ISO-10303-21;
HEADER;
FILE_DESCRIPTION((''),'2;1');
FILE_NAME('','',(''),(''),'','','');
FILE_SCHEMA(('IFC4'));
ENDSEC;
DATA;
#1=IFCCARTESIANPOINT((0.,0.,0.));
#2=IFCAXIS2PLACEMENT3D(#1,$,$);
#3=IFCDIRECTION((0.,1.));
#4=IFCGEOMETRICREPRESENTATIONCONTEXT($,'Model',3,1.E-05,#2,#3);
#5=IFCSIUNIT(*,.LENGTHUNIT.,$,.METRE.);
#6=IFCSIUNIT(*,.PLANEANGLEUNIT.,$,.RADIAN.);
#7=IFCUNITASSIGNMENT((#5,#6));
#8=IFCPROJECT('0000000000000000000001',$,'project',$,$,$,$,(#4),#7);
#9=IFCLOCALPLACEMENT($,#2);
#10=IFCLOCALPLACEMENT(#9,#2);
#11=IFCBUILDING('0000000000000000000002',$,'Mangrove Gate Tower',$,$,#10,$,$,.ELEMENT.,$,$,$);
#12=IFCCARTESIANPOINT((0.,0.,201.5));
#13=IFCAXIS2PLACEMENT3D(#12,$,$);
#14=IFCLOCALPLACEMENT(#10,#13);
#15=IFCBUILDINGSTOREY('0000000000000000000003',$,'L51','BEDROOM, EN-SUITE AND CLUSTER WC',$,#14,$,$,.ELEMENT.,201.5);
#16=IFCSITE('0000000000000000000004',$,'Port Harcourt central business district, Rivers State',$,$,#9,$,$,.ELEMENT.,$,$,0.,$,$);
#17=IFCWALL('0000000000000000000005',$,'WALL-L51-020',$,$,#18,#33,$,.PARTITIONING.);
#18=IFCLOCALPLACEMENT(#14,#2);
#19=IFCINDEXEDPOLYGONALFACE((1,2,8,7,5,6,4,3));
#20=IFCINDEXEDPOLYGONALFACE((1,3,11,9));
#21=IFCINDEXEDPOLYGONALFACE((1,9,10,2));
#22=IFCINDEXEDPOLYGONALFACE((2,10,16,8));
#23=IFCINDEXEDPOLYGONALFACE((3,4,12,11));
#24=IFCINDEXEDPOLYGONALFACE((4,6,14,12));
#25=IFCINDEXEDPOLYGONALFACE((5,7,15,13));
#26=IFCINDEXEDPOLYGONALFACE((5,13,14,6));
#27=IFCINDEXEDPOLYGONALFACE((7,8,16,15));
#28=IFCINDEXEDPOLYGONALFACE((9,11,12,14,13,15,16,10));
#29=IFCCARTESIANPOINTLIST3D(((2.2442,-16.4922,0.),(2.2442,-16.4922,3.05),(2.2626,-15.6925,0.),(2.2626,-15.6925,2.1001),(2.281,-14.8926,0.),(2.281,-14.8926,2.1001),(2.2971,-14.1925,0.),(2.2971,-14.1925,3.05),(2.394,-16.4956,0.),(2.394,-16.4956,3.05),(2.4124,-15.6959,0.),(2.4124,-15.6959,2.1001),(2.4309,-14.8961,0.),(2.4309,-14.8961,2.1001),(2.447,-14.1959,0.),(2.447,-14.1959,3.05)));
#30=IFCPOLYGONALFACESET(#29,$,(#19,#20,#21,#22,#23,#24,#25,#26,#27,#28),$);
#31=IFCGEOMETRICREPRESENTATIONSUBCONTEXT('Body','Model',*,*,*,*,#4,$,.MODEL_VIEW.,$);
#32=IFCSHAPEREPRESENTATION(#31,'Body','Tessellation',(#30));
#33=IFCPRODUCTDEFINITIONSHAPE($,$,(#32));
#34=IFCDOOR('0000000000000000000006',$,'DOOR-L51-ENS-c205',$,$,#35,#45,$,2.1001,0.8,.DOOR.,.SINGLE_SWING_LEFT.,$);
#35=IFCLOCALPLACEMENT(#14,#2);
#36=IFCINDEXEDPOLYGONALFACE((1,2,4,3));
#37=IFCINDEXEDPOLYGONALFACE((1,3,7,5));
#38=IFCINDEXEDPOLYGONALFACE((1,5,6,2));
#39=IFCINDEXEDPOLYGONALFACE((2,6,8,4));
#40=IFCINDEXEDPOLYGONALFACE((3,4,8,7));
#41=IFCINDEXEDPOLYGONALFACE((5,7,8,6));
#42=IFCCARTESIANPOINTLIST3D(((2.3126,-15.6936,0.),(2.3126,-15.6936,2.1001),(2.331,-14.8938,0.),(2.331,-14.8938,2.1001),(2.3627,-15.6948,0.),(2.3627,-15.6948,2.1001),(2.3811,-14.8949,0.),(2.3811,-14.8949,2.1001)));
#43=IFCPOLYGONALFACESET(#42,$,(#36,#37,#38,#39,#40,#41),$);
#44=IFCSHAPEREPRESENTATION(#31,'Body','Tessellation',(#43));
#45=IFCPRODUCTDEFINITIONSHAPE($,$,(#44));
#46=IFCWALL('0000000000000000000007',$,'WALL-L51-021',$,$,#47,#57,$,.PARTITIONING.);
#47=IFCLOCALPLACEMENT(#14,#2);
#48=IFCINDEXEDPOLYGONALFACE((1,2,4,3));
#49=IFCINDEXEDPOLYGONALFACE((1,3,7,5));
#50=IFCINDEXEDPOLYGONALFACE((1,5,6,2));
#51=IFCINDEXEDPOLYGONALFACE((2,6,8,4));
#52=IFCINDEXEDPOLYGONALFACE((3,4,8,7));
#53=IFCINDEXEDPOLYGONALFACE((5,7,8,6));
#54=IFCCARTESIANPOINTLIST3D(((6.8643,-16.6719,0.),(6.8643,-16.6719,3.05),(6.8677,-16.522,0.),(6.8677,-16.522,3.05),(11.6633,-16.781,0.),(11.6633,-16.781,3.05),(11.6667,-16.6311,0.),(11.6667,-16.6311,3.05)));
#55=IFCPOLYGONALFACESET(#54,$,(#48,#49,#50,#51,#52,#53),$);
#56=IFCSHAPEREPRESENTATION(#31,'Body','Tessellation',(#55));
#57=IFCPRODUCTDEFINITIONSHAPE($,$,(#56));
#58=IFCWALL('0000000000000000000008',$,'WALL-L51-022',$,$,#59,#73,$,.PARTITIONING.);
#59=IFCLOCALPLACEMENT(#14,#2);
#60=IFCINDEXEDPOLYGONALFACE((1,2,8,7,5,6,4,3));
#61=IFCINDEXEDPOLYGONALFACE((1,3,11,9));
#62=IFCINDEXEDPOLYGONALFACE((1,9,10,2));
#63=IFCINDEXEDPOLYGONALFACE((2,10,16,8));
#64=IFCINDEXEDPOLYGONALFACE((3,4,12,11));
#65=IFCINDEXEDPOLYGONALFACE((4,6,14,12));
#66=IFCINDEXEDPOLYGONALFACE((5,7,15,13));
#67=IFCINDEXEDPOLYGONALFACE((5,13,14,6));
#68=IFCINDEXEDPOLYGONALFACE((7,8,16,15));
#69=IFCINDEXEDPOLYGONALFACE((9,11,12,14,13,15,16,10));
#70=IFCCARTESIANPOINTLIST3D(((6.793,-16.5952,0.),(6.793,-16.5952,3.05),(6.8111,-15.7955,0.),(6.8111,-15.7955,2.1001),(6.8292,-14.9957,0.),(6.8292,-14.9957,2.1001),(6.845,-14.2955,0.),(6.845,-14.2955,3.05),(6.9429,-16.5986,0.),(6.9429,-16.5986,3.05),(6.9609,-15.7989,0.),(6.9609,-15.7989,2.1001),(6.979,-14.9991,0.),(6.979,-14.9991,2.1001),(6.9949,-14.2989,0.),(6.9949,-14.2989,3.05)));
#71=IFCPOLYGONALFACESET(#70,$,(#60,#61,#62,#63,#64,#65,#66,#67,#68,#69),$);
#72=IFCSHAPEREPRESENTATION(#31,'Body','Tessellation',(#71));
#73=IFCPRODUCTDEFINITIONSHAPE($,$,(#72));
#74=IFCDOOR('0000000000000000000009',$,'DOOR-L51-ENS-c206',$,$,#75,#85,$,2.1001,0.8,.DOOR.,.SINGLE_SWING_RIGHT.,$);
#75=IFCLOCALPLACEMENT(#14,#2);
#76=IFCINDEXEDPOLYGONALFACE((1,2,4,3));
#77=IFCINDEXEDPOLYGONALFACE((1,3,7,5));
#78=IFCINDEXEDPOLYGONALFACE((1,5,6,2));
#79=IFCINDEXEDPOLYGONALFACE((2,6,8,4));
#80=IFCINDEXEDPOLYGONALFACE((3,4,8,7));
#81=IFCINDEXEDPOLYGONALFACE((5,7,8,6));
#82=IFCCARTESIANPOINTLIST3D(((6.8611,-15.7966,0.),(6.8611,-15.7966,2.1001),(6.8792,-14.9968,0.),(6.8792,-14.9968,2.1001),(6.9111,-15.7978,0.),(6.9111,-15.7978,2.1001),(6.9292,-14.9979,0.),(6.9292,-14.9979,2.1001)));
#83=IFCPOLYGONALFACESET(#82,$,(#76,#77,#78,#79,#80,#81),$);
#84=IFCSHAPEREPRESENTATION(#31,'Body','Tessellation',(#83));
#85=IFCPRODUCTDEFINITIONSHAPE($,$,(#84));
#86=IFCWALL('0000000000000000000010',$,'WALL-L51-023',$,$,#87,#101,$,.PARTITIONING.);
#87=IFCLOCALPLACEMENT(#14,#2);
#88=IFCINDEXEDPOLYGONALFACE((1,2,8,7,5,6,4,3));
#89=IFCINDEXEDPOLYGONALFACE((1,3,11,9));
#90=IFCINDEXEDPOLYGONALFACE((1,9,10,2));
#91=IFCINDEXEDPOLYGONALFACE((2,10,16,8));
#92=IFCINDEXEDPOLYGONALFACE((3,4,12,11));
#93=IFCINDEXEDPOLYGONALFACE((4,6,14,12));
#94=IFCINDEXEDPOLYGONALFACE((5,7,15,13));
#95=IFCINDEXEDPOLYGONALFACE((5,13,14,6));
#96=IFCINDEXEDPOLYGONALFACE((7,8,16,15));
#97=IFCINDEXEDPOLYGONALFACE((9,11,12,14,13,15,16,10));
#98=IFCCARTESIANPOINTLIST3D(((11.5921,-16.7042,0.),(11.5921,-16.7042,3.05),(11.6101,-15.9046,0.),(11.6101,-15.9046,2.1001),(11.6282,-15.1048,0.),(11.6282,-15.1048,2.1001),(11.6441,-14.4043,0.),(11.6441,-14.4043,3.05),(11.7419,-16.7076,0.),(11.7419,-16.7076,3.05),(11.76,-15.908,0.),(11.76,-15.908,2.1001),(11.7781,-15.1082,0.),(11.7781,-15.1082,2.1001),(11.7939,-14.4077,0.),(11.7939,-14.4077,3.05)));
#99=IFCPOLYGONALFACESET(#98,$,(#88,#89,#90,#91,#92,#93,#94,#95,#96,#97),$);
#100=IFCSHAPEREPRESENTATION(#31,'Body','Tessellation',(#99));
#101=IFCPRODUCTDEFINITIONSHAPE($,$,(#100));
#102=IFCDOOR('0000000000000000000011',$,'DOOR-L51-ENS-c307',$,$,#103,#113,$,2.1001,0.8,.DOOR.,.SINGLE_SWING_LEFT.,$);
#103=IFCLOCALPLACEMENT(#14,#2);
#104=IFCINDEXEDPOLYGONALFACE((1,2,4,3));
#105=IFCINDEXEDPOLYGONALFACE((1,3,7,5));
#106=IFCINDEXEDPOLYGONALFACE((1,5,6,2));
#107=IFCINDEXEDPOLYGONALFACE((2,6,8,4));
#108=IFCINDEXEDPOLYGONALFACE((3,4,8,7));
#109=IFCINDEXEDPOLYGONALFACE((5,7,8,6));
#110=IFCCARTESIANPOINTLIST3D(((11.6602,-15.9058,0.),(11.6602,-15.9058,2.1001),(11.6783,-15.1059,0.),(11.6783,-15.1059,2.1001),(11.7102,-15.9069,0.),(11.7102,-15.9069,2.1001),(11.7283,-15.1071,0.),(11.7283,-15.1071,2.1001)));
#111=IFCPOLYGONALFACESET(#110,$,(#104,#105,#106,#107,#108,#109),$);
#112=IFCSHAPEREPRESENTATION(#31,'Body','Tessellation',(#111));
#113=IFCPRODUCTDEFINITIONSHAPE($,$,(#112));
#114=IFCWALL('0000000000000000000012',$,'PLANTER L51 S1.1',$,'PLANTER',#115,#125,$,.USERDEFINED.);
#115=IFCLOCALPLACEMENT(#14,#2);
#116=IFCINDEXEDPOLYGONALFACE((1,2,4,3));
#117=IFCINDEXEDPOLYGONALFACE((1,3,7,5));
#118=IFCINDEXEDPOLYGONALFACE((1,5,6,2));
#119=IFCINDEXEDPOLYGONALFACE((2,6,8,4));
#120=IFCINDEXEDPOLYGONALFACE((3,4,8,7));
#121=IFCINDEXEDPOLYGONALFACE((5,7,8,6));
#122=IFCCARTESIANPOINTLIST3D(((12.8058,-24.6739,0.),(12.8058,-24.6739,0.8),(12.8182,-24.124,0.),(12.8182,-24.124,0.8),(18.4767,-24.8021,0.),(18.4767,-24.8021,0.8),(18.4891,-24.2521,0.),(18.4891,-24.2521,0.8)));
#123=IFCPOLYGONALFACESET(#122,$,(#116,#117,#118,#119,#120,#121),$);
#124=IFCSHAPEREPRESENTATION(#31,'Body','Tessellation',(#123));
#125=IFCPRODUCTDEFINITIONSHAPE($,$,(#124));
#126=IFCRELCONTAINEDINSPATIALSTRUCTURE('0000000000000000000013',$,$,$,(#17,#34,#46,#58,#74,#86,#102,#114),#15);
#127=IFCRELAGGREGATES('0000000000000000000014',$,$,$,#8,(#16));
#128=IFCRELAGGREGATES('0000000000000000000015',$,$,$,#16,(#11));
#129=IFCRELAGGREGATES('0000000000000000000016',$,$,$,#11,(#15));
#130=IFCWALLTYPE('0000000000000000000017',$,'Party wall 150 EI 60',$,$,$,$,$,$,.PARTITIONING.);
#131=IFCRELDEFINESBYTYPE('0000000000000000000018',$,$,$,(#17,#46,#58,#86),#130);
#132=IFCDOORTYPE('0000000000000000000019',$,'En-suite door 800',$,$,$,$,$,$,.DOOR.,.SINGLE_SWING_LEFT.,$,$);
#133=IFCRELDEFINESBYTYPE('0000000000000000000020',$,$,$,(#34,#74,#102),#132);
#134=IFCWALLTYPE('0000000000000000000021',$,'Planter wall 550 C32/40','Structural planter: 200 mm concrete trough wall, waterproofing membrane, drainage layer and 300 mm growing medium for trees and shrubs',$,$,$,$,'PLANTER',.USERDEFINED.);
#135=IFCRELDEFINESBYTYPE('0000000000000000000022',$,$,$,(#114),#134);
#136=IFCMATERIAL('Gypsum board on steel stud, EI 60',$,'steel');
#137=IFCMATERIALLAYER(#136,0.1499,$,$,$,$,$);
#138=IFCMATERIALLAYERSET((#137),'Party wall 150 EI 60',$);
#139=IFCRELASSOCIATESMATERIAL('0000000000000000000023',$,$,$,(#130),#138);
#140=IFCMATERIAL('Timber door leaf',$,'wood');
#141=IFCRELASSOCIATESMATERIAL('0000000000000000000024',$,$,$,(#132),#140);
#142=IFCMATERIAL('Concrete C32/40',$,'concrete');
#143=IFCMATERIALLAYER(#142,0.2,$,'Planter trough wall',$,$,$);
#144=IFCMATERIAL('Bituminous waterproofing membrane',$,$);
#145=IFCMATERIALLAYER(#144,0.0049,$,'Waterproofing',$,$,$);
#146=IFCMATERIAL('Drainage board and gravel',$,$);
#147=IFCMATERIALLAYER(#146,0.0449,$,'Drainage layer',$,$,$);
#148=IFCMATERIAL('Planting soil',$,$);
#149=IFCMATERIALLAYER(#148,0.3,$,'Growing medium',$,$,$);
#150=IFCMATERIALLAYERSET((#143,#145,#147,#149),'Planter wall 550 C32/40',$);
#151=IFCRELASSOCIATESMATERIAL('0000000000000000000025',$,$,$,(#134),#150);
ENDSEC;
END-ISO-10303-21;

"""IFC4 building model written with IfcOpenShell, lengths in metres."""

from ifc_helpers import new_model, si_unit, direction, frame, frame_2d, origin, place, context, subcontext, project, spatial, rectangle, extrude, material, layer, layer_set, type_object, element, fill, save


model = new_model("IFC4")

# Units and contexts
model_context = context("Model", 3, precision=1e-05, world=origin(), true_north=direction((0.0, 1.0)))
body_context = subcontext(model_context, "Body", "Model", "MODEL_VIEW")
ifc_project = project(units=[si_unit("LENGTHUNIT", "METRE"), si_unit("PLANEANGLEUNIT", "RADIAN")], contexts=[model_context])

# Site, building, storey
site_placement = place(None, origin())
site = spatial("IfcSite", under=ifc_project, at=site_placement, Name="Port Harcourt central business district, Rivers State", CompositionType="ELEMENT", RefElevation=0.0)
building_placement = place(site_placement, origin())
building = spatial("IfcBuilding", under=site, at=building_placement, Name="Mangrove Gate Tower", CompositionType="ELEMENT")
storey_placement = place(building_placement, frame((0.0, 0.0, 201.5)))
storey = spatial("IfcBuildingStorey", under=building, at=storey_placement, Name="L51", Description="BEDROOM, EN-SUITE AND CLUSTER WC", CompositionType="ELEMENT", Elevation=201.5)

# Shared definitions
ifc_material_1 = material(Name="Gypsum board on steel stud, EI 60", Category="steel")
ifc_layer_1 = layer(ifc_material_1, 0.1499)
ifc_layer_set_1 = layer_set([ifc_layer_1], Name="Party wall 150 EI 60")
wall_type_1 = type_object("IfcWallType", Name="Party wall 150 EI 60", PredefinedType="PARTITIONING", material=ifc_layer_set_1)

# Wall, opening, door
wall_1_placement = place(storey_placement, frame((2.3191, -16.4939, 0.0), z_axis=(0.0, 0.0, 1.0), x_axis=(0.02303, 0.999735, 0.0)))
wall_1 = element("IfcWall", 1, at=wall_1_placement, inside=storey, type_object=wall_type_1, Name="WALL-L51-020", PredefinedType="PARTITIONING", context=body_context, shape_type="SweptSolid", body=[
    extrude(rectangle(XDim=2.3003, YDim=0.1499, at=frame_2d((1.1501, 0.0))), origin(), (0.0, 0.0, 1.0), 3.05),
])
opening_1_placement = place(wall_1_placement, frame((0.8, 0.0, 0.0)))
opening_1 = element("IfcOpeningElement", 2, at=opening_1_placement, cuts=wall_1, PredefinedType="OPENING", context=body_context, shape_type="SweptSolid", body=[
    extrude(rectangle(XDim=0.8, YDim=2.1001, at=frame_2d((0.3999, 1.05))), frame((0.0, 0.085, 0.0), z_axis=(0.0, -1.0, 0.0), x_axis=(1.0, 0.0, 0.0)), (0.0, 0.0, 1.0), 0.1699),
])
ifc_material_2 = material(Name="Timber door leaf", Category="wood")
door_type_1 = type_object("IfcDoorType", Name="En-suite door 800", OperationType="SINGLE_SWING_LEFT", PredefinedType="DOOR", material=ifc_material_2)
door_1_placement = place(opening_1_placement, origin())
door_1 = element("IfcDoor", 3, at=door_1_placement, inside=storey, type_object=door_type_1, Name="DOOR-L51-ENS-c205", OperationType="SINGLE_SWING_LEFT", OverallHeight=2.1001, OverallWidth=0.8, PredefinedType="DOOR", context=body_context, shape_type="SweptSolid", body=[
    extrude(rectangle(XDim=0.8, YDim=2.1001, at=frame_2d((0.3999, 1.05))), frame((0.0, 0.0249, 0.0), z_axis=(0.0, -1.0, 0.0), x_axis=(1.0, 0.0, 0.0)), (0.0, 0.0, 1.0), 0.05),
])
fill(opening_1, door_1)

# Wall
wall_2_placement = place(storey_placement, frame((6.866, -16.5969, 0.0), z_axis=(0.0, 0.0, 1.0), x_axis=(0.999742, -0.022734, 0.0)))
element("IfcWall", 4, at=wall_2_placement, inside=storey, type_object=wall_type_1, Name="WALL-L51-021", PredefinedType="PARTITIONING", context=body_context, shape_type="SweptSolid", body=[
    extrude(rectangle(XDim=4.8003, YDim=0.1499, at=frame_2d((2.4001, 0.0))), origin(), (0.0, 0.0, 1.0), 3.05),
])

# Walls, openings, doors
wall_3_placement = place(storey_placement, frame((6.8679, -16.5969, 0.0), z_axis=(0.0, 0.0, 1.0), x_axis=(0.022606, 0.999744, 0.0)))
wall_3 = element("IfcWall", 5, at=wall_3_placement, inside=storey, type_object=wall_type_1, Name="WALL-L51-022", PredefinedType="PARTITIONING", context=body_context, shape_type="SweptSolid", body=[
    extrude(rectangle(XDim=2.3003, YDim=0.1499, at=frame_2d((1.1501, 0.0))), origin(), (0.0, 0.0, 1.0), 3.05),
])
opening_2_placement = place(wall_3_placement, frame((0.8, 0.0, 0.0)))
opening_2 = element("IfcOpeningElement", 6, at=opening_2_placement, cuts=wall_3, PredefinedType="OPENING", context=body_context, shape_type="SweptSolid", body=[
    extrude(rectangle(XDim=0.8, YDim=2.1001, at=frame_2d((0.3999, 1.05))), frame((0.0, 0.085, 0.0), z_axis=(0.0, -1.0, 0.0), x_axis=(1.0, 0.0, 0.0)), (0.0, 0.0, 1.0), 0.1699),
])
door_2_placement = place(opening_2_placement, origin())
door_2 = element("IfcDoor", 7, at=door_2_placement, inside=storey, type_object=door_type_1, Name="DOOR-L51-ENS-c206", OperationType="SINGLE_SWING_RIGHT", OverallHeight=2.1001, OverallWidth=0.8, PredefinedType="DOOR", context=body_context, shape_type="SweptSolid", body=[
    extrude(rectangle(XDim=0.8, YDim=2.1001, at=frame_2d((0.3999, 1.05))), frame((0.0, 0.0249, 0.0), z_axis=(0.0, -1.0, 0.0), x_axis=(1.0, 0.0, 0.0)), (0.0, 0.0, 1.0), 0.05),
])
fill(opening_2, door_2)
wall_4_placement = place(storey_placement, frame((11.667, -16.7061, 0.0), z_axis=(0.0, 0.0, 1.0), x_axis=(0.022603, 0.999745, 0.0)))
wall_4 = element("IfcWall", 8, at=wall_4_placement, inside=storey, type_object=wall_type_1, Name="WALL-L51-023", PredefinedType="PARTITIONING", context=body_context, shape_type="SweptSolid", body=[
    extrude(rectangle(XDim=2.3005, YDim=0.1499, at=frame_2d((1.1504, 0.0))), origin(), (0.0, 0.0, 1.0), 3.05),
])
opening_3_placement = place(wall_4_placement, frame((0.8, 0.0, 0.0)))
opening_3 = element("IfcOpeningElement", 9, at=opening_3_placement, cuts=wall_4, PredefinedType="OPENING", context=body_context, shape_type="SweptSolid", body=[
    extrude(rectangle(XDim=0.8, YDim=2.1001, at=frame_2d((0.3999, 1.05))), frame((0.0, 0.085, 0.0), z_axis=(0.0, -1.0, 0.0), x_axis=(1.0, 0.0, 0.0)), (0.0, 0.0, 1.0), 0.1699),
])
door_3_placement = place(opening_3_placement, origin())
door_3 = element("IfcDoor", 10, at=door_3_placement, inside=storey, type_object=door_type_1, Name="DOOR-L51-ENS-c307", OperationType="SINGLE_SWING_LEFT", OverallHeight=2.1001, OverallWidth=0.8, PredefinedType="DOOR", context=body_context, shape_type="SweptSolid", body=[
    extrude(rectangle(XDim=0.8, YDim=2.1001, at=frame_2d((0.3999, 1.05))), frame((0.0, 0.0249, 0.0), z_axis=(0.0, -1.0, 0.0), x_axis=(1.0, 0.0, 0.0)), (0.0, 0.0, 1.0), 0.05),
])
fill(opening_3, door_3)

# Wall
ifc_material_3 = material(Name="Concrete C32/40", Category="concrete")
ifc_layer_2 = layer(ifc_material_3, 0.2, Name="Planter trough wall")
ifc_material_4 = material(Name="Bituminous waterproofing membrane")
ifc_layer_3 = layer(ifc_material_4, 0.0049, Name="Waterproofing")
ifc_material_5 = material(Name="Drainage board and gravel")
ifc_layer_4 = layer(ifc_material_5, 0.0449, Name="Drainage layer")
ifc_material_6 = material(Name="Planting soil")
ifc_layer_5 = layer(ifc_material_6, 0.3, Name="Growing medium")
ifc_layer_set_2 = layer_set([ifc_layer_2, ifc_layer_3, ifc_layer_4, ifc_layer_5], Name="Planter wall 550 C32/40")
wall_type_2 = type_object("IfcWallType", Name="Planter wall 550 C32/40", Description="Structural planter: 200 mm concrete trough wall, waterproofing membrane, drainage layer and 300 mm growing medium for trees and shrubs", ElementType="PLANTER", PredefinedType="USERDEFINED", material=ifc_layer_set_2)
wall_5_placement = place(storey_placement, frame((12.812, -24.3989, 0.0), z_axis=(0.0, 0.0, 1.0), x_axis=(0.999745, -0.022596, 0.0)))
element("IfcWall", 11, at=wall_5_placement, inside=storey, type_object=wall_type_2, Name="PLANTER L51 S1.1", ObjectType="PLANTER", PredefinedType="USERDEFINED", context=body_context, shape_type="SweptSolid", body=[
    extrude(rectangle(XDim=5.6724, YDim=0.55, at=frame_2d((2.8362, 0.0))), origin(), (0.0, 0.0, 1.0), 0.8),
])

save(model, "model.ifc")
